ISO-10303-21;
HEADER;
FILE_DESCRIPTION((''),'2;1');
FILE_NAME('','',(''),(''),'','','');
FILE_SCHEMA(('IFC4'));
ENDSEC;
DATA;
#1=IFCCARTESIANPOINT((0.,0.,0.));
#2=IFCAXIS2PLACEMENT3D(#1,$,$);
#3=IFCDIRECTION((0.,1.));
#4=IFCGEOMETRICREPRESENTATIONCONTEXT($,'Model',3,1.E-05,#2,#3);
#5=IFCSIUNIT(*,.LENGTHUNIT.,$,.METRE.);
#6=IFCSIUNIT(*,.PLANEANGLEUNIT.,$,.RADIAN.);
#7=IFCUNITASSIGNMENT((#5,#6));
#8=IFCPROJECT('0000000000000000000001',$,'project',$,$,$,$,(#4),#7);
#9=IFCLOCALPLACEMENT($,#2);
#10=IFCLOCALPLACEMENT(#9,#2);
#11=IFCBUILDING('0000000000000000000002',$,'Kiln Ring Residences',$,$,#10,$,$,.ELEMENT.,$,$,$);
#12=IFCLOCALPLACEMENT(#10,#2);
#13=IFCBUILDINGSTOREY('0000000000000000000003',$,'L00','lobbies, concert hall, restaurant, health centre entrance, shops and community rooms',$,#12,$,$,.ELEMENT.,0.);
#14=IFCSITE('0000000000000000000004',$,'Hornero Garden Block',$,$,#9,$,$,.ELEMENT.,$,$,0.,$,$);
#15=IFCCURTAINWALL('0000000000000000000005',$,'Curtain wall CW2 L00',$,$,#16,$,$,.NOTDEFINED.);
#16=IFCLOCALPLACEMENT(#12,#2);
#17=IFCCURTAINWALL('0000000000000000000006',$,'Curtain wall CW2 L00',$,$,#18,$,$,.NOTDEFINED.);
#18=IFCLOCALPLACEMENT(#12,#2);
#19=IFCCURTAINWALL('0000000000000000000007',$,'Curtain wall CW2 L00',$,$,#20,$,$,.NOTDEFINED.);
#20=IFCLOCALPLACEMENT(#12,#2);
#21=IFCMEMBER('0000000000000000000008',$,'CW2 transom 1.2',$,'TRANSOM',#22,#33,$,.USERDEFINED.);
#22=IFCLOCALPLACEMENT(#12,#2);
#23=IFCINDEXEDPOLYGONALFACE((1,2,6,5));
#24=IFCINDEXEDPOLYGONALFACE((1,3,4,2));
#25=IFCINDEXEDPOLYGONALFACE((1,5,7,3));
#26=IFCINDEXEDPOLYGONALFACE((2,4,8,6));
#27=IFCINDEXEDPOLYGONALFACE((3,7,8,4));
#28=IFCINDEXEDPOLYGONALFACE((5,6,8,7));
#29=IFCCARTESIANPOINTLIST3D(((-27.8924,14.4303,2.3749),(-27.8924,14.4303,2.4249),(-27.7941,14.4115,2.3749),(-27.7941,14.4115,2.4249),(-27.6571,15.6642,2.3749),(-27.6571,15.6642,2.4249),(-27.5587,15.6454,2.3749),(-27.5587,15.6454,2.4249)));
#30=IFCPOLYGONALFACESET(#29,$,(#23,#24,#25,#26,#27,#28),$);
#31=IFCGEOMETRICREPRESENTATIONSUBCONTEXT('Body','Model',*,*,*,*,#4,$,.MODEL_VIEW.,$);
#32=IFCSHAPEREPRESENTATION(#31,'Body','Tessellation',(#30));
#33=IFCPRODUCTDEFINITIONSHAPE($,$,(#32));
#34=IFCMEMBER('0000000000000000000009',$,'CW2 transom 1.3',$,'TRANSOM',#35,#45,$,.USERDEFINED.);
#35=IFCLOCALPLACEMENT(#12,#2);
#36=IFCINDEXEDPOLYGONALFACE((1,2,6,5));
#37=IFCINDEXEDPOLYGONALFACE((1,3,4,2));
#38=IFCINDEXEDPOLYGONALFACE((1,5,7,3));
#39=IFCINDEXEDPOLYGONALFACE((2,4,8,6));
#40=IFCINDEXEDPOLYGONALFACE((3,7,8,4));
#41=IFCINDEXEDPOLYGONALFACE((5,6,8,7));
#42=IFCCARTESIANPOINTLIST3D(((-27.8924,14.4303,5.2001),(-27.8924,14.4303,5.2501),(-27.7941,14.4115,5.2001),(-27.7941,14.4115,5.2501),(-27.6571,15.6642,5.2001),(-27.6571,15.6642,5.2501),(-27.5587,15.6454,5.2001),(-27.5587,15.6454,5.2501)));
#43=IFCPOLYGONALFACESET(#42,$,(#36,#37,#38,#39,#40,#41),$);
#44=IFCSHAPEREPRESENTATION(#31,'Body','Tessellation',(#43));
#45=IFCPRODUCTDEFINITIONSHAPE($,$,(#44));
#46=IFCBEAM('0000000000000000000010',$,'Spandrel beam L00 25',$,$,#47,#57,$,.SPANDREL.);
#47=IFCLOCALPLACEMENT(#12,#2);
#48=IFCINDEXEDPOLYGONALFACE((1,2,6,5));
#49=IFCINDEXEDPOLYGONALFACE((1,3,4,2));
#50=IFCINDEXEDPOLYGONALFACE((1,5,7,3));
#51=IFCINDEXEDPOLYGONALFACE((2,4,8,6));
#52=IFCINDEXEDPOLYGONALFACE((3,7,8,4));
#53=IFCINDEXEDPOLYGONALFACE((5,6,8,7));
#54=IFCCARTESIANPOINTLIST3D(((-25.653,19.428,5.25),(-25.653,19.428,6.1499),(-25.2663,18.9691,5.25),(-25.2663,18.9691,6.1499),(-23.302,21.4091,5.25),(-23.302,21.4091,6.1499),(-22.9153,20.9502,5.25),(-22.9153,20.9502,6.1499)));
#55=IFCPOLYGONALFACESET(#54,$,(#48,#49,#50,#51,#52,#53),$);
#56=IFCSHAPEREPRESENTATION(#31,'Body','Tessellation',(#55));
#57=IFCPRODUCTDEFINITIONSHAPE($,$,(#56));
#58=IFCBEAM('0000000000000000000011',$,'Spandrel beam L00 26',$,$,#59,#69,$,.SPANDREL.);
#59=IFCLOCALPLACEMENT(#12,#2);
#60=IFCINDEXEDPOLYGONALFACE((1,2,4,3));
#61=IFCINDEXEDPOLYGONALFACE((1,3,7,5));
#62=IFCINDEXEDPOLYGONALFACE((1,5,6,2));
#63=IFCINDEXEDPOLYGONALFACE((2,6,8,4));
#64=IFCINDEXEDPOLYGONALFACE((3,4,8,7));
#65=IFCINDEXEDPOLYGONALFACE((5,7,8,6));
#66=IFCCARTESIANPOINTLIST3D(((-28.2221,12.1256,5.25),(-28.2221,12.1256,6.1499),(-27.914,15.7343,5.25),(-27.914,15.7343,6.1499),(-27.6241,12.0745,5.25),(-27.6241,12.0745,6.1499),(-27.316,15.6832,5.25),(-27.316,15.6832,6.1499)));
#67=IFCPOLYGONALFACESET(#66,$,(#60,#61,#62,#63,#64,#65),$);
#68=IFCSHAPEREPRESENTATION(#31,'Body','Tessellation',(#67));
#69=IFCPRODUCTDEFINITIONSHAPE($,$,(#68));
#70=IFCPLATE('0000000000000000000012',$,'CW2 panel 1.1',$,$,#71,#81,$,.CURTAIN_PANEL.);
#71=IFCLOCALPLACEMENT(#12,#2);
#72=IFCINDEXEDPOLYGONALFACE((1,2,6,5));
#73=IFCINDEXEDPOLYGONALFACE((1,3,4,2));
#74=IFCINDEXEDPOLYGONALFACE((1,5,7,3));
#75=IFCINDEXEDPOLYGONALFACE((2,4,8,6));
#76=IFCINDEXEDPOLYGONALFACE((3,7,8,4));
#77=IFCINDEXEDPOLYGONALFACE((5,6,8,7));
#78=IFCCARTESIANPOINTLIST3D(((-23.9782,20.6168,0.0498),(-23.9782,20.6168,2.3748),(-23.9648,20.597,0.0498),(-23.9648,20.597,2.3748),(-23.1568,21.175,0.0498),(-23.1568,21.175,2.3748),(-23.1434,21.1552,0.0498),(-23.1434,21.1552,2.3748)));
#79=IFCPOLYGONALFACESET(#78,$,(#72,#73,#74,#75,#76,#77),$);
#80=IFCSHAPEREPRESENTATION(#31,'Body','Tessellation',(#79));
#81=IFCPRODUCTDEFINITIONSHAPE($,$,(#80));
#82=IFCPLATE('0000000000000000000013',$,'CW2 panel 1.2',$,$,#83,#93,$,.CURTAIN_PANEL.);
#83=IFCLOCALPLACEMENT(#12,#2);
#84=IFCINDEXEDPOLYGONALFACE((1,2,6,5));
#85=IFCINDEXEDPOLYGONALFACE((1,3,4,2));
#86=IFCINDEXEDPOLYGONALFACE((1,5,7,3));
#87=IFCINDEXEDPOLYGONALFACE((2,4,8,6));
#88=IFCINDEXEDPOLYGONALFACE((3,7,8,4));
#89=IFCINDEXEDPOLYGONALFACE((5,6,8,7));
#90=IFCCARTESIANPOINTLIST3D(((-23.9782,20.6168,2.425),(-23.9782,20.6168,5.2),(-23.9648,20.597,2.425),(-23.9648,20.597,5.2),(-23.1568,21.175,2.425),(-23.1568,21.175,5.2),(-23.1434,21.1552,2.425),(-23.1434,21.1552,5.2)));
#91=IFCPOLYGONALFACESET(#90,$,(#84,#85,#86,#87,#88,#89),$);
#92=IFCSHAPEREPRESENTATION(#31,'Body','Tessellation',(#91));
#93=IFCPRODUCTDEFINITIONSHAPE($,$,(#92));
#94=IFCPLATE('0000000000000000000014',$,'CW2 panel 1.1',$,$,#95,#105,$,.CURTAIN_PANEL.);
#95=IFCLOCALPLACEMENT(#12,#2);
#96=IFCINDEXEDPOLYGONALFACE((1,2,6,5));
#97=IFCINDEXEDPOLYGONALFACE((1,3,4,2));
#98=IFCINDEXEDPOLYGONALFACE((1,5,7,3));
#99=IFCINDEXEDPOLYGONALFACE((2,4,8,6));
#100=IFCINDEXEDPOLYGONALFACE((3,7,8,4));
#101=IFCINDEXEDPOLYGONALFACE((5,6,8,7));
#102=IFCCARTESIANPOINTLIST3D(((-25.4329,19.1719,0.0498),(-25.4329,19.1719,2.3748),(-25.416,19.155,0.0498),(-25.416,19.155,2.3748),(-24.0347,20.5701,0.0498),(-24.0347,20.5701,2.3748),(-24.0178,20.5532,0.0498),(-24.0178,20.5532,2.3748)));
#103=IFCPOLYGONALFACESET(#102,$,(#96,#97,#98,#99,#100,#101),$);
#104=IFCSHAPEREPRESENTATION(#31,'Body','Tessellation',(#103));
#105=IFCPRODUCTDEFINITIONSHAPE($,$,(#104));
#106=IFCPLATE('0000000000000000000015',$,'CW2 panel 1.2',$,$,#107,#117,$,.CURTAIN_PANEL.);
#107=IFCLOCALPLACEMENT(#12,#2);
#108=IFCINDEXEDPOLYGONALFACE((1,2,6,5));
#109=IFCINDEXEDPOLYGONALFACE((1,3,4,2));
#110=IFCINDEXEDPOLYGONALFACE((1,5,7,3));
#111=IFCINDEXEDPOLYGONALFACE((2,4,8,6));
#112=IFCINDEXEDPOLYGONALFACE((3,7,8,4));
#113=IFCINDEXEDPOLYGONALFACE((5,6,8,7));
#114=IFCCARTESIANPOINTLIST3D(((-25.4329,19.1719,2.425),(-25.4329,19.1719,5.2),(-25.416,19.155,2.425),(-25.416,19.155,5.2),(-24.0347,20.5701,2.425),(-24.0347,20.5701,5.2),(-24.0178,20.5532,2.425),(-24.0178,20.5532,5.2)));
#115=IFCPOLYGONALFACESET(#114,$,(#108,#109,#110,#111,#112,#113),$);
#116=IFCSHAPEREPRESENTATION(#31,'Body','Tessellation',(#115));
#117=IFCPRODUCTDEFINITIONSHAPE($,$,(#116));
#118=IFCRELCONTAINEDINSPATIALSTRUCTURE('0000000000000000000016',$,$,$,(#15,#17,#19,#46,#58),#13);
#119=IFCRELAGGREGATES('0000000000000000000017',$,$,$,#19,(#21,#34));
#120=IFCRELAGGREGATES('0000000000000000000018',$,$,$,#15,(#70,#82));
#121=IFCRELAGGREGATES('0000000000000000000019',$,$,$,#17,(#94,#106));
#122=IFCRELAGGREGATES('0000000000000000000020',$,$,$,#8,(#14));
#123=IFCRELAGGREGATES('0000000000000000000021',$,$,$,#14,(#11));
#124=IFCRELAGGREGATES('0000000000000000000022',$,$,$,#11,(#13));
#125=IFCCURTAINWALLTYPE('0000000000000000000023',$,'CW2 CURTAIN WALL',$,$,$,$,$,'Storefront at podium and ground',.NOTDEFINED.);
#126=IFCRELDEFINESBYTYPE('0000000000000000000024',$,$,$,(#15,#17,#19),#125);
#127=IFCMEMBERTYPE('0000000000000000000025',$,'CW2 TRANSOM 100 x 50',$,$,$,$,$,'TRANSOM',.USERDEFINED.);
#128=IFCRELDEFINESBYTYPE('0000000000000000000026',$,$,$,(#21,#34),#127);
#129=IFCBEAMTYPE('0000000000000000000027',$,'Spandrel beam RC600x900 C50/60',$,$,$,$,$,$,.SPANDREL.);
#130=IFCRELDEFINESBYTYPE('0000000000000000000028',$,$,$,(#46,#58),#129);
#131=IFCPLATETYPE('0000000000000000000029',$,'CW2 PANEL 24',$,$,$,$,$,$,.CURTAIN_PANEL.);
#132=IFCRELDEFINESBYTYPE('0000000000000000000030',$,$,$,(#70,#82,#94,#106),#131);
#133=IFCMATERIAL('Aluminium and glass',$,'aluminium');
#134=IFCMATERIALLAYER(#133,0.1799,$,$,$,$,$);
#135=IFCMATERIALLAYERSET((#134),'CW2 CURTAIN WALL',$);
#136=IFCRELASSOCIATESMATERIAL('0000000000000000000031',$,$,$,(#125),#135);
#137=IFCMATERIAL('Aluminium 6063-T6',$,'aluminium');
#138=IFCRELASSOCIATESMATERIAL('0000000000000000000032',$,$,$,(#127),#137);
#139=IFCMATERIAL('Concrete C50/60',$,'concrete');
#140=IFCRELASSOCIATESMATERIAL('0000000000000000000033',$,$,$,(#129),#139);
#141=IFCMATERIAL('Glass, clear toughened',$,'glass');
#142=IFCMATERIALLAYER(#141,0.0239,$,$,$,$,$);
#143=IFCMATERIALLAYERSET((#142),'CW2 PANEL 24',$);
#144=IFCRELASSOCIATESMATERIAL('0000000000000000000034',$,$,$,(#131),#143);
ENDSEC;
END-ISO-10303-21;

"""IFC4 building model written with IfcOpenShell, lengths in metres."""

from ifc_helpers import new_model, si_unit, direction, frame, origin, origin_2d, place, context, subcontext, project, spatial, rectangle, extrude, material, layer, layer_set, material_profile, profile_set, type_object, element, aggregate, save


model = new_model("IFC4")

# Units and contexts
model_context = context("Model", 3, precision=1e-05, world=origin(), true_north=direction((0.0, 1.0)))
body_context = subcontext(model_context, "Body", "Model", "MODEL_VIEW")
ifc_project = project(units=[si_unit("LENGTHUNIT", "METRE"), si_unit("PLANEANGLEUNIT", "RADIAN")], contexts=[model_context])

# Site, building, storey
site_placement = place(None, origin())
site = spatial("IfcSite", under=ifc_project, at=site_placement, Name="Hornero Garden Block", CompositionType="ELEMENT", RefElevation=0.0)
building_placement = place(site_placement, origin())
building = spatial("IfcBuilding", under=site, at=building_placement, Name="Kiln Ring Residences", CompositionType="ELEMENT")
storey_placement = place(building_placement, origin())
storey = spatial("IfcBuildingStorey", under=building, at=storey_placement, Name="L00", Description="lobbies, concert hall, restaurant, health centre entrance, shops and community rooms", CompositionType="ELEMENT", Elevation=0.0)

# Curtain walls
ifc_material_1 = material(Name="Aluminium and glass", Category="aluminium")
ifc_layer_1 = layer(ifc_material_1, 0.1799)
ifc_layer_set_1 = layer_set([ifc_layer_1], Name="CW2 CURTAIN WALL")
curtain_wall_type = type_object("IfcCurtainWallType", Name="CW2 CURTAIN WALL", ElementType="Storefront at podium and ground", PredefinedType="NOTDEFINED", material=ifc_layer_set_1)
placement = place(storey_placement, origin())
curtain_wall_1 = element("IfcCurtainWall", 1, at=placement, inside=storey, type_object=curtain_wall_type, Name="Curtain wall CW2 L00", PredefinedType="NOTDEFINED")
curtain_wall_2 = element("IfcCurtainWall", 2, at=placement, inside=storey, type_object=curtain_wall_type, Name="Curtain wall CW2 L00", PredefinedType="NOTDEFINED")

# Curtain wall
curtain_wall_3 = element("IfcCurtainWall", 3, at=placement, inside=storey, type_object=curtain_wall_type, Name="Curtain wall CW2 L00", PredefinedType="NOTDEFINED")

# Members
ifc_material_2 = material(Name="Aluminium 6063-T6", Category="aluminium")
ifc_material_profile_1 = material_profile(ifc_material_2, rectangle(XDim=0.1001, YDim=0.05, at=origin_2d()), Name="AL 100x50")
ifc_profile_set_1 = profile_set([ifc_material_profile_1], Name="Aluminium 6063-T6")
member_type_1 = type_object("IfcMemberType", Name="CW2 TRANSOM 100 x 50", ElementType="TRANSOM", PredefinedType="USERDEFINED", material=ifc_profile_set_1)
member_1_placement = place(storey_placement, frame((-27.6079, 15.6548, 2.3999), z_axis=(-0.187362, -0.982291, 0.0), x_axis=(0.982291, -0.187362, 0.0)))
member_1 = element("IfcMember", 4, at=member_1_placement, type_object=member_type_1, Name="CW2 transom 1.2", ObjectType="TRANSOM", PredefinedType="USERDEFINED", context=body_context, shape_type="SweptSolid", body=[
    extrude(rectangle(XDim=0.1001, YDim=0.05, at=origin_2d()), origin(), (0.0, 0.0, 1.0), 1.2561),
])
member_2_placement = place(storey_placement, frame((-27.6079, 15.6548, 5.2251), z_axis=(-0.187362, -0.982291, 0.0), x_axis=(0.982291, -0.187362, 0.0)))
member_2 = element("IfcMember", 5, at=member_2_placement, type_object=member_type_1, Name="CW2 transom 1.3", ObjectType="TRANSOM", PredefinedType="USERDEFINED", context=body_context, shape_type="SweptSolid", body=[
    extrude(rectangle(XDim=0.1001, YDim=0.05, at=origin_2d()), origin(), (0.0, 0.0, 1.0), 1.2561),
])
aggregate(curtain_wall_3, [member_1, member_2])

# Beams
ifc_material_3 = material(Name="Concrete C50/60", Category="concrete")
ifc_material_profile_2 = material_profile(ifc_material_3, rectangle(XDim=0.6001, YDim=0.8999, at=origin_2d()), Name="RC600x900")
ifc_profile_set_2 = profile_set([ifc_material_profile_2], Name="Concrete C50/60")
beam_type = type_object("IfcBeamType", Name="Spandrel beam RC600x900 C50/60", PredefinedType="SPANDREL", material=ifc_profile_set_2)
beam_1_placement = place(storey_placement, frame((-23.1086, 21.1797, 5.7), z_axis=(-0.764695, -0.644392, 0.0), x_axis=(0.644392, -0.764695, 0.0)))
element("IfcBeam", 6, at=beam_1_placement, inside=storey, type_object=beam_type, Name="Spandrel beam L00 25", PredefinedType="SPANDREL", context=body_context, shape_type="SweptSolid", body=[
    extrude(rectangle(XDim=0.6001, YDim=0.8999, at=origin_2d()), origin(), (0.0, 0.0, 1.0), 3.0745),
])
beam_2_placement = place(storey_placement, frame((-27.615, 15.7087, 5.7), z_axis=(-0.08507, -0.996375, 0.0), x_axis=(0.996375, -0.08507, 0.0)))
element("IfcBeam", 7, at=beam_2_placement, inside=storey, type_object=beam_type, Name="Spandrel beam L00 26", PredefinedType="SPANDREL", context=body_context, shape_type="SweptSolid", body=[
    extrude(rectangle(XDim=0.6001, YDim=0.8999, at=origin_2d()), origin(), (0.0, 0.0, 1.0), 3.6218),
])

# Plates
ifc_material_4 = material(Name="Glass, clear toughened", Category="glass")
ifc_layer_2 = layer(ifc_material_4, 0.0239)
ifc_layer_set_2 = layer_set([ifc_layer_2], Name="CW2 PANEL 24")
plate_type = type_object("IfcPlateType", Name="CW2 PANEL 24", PredefinedType="CURTAIN_PANEL", material=ifc_layer_set_2)
plate_1_placement = place(storey_placement, frame((-23.5608, 20.886, 0.0498), z_axis=(0.0, 0.0, 1.0), x_axis=(-0.827072, -0.562097, 0.0)))
plate_1 = element("IfcPlate", 8, at=plate_1_placement, type_object=plate_type, Name="CW2 panel 1.1", PredefinedType="CURTAIN_PANEL", context=body_context, shape_type="SweptSolid", body=[
    extrude(rectangle(XDim=0.9932, YDim=0.0239, at=origin_2d()), origin(), (0.0, 0.0, 1.0), 2.325),
])
plate_2_placement = place(storey_placement, frame((-23.5608, 20.886, 2.425), z_axis=(0.0, 0.0, 1.0), x_axis=(-0.827072, -0.562097, 0.0)))
plate_2 = element("IfcPlate", 9, at=plate_2_placement, type_object=plate_type, Name="CW2 panel 1.2", PredefinedType="CURTAIN_PANEL", context=body_context, shape_type="SweptSolid", body=[
    extrude(rectangle(XDim=0.9932, YDim=0.0239, at=origin_2d()), origin(), (0.0, 0.0, 1.0), 2.7749),
])
aggregate(curtain_wall_1, [plate_1, plate_2])
plate_3_placement = place(storey_placement, frame((-24.7253, 19.8625, 0.0498), z_axis=(0.0, 0.0, 1.0), x_axis=(-0.707107, -0.707107, 0.0)))
plate_3 = element("IfcPlate", 10, at=plate_3_placement, type_object=plate_type, Name="CW2 panel 1.1", PredefinedType="CURTAIN_PANEL", context=body_context, shape_type="SweptSolid", body=[
    extrude(rectangle(XDim=1.9773, YDim=0.0239, at=origin_2d()), origin(), (0.0, 0.0, 1.0), 2.325),
])
plate_4_placement = place(storey_placement, frame((-24.7253, 19.8625, 2.425), z_axis=(0.0, 0.0, 1.0), x_axis=(-0.707107, -0.707107, 0.0)))
plate_4 = element("IfcPlate", 11, at=plate_4_placement, type_object=plate_type, Name="CW2 panel 1.2", PredefinedType="CURTAIN_PANEL", context=body_context, shape_type="SweptSolid", body=[
    extrude(rectangle(XDim=1.9773, YDim=0.0239, at=origin_2d()), origin(), (0.0, 0.0, 1.0), 2.7749),
])
aggregate(curtain_wall_2, [plate_3, plate_4])

save(model, "model.ifc")
